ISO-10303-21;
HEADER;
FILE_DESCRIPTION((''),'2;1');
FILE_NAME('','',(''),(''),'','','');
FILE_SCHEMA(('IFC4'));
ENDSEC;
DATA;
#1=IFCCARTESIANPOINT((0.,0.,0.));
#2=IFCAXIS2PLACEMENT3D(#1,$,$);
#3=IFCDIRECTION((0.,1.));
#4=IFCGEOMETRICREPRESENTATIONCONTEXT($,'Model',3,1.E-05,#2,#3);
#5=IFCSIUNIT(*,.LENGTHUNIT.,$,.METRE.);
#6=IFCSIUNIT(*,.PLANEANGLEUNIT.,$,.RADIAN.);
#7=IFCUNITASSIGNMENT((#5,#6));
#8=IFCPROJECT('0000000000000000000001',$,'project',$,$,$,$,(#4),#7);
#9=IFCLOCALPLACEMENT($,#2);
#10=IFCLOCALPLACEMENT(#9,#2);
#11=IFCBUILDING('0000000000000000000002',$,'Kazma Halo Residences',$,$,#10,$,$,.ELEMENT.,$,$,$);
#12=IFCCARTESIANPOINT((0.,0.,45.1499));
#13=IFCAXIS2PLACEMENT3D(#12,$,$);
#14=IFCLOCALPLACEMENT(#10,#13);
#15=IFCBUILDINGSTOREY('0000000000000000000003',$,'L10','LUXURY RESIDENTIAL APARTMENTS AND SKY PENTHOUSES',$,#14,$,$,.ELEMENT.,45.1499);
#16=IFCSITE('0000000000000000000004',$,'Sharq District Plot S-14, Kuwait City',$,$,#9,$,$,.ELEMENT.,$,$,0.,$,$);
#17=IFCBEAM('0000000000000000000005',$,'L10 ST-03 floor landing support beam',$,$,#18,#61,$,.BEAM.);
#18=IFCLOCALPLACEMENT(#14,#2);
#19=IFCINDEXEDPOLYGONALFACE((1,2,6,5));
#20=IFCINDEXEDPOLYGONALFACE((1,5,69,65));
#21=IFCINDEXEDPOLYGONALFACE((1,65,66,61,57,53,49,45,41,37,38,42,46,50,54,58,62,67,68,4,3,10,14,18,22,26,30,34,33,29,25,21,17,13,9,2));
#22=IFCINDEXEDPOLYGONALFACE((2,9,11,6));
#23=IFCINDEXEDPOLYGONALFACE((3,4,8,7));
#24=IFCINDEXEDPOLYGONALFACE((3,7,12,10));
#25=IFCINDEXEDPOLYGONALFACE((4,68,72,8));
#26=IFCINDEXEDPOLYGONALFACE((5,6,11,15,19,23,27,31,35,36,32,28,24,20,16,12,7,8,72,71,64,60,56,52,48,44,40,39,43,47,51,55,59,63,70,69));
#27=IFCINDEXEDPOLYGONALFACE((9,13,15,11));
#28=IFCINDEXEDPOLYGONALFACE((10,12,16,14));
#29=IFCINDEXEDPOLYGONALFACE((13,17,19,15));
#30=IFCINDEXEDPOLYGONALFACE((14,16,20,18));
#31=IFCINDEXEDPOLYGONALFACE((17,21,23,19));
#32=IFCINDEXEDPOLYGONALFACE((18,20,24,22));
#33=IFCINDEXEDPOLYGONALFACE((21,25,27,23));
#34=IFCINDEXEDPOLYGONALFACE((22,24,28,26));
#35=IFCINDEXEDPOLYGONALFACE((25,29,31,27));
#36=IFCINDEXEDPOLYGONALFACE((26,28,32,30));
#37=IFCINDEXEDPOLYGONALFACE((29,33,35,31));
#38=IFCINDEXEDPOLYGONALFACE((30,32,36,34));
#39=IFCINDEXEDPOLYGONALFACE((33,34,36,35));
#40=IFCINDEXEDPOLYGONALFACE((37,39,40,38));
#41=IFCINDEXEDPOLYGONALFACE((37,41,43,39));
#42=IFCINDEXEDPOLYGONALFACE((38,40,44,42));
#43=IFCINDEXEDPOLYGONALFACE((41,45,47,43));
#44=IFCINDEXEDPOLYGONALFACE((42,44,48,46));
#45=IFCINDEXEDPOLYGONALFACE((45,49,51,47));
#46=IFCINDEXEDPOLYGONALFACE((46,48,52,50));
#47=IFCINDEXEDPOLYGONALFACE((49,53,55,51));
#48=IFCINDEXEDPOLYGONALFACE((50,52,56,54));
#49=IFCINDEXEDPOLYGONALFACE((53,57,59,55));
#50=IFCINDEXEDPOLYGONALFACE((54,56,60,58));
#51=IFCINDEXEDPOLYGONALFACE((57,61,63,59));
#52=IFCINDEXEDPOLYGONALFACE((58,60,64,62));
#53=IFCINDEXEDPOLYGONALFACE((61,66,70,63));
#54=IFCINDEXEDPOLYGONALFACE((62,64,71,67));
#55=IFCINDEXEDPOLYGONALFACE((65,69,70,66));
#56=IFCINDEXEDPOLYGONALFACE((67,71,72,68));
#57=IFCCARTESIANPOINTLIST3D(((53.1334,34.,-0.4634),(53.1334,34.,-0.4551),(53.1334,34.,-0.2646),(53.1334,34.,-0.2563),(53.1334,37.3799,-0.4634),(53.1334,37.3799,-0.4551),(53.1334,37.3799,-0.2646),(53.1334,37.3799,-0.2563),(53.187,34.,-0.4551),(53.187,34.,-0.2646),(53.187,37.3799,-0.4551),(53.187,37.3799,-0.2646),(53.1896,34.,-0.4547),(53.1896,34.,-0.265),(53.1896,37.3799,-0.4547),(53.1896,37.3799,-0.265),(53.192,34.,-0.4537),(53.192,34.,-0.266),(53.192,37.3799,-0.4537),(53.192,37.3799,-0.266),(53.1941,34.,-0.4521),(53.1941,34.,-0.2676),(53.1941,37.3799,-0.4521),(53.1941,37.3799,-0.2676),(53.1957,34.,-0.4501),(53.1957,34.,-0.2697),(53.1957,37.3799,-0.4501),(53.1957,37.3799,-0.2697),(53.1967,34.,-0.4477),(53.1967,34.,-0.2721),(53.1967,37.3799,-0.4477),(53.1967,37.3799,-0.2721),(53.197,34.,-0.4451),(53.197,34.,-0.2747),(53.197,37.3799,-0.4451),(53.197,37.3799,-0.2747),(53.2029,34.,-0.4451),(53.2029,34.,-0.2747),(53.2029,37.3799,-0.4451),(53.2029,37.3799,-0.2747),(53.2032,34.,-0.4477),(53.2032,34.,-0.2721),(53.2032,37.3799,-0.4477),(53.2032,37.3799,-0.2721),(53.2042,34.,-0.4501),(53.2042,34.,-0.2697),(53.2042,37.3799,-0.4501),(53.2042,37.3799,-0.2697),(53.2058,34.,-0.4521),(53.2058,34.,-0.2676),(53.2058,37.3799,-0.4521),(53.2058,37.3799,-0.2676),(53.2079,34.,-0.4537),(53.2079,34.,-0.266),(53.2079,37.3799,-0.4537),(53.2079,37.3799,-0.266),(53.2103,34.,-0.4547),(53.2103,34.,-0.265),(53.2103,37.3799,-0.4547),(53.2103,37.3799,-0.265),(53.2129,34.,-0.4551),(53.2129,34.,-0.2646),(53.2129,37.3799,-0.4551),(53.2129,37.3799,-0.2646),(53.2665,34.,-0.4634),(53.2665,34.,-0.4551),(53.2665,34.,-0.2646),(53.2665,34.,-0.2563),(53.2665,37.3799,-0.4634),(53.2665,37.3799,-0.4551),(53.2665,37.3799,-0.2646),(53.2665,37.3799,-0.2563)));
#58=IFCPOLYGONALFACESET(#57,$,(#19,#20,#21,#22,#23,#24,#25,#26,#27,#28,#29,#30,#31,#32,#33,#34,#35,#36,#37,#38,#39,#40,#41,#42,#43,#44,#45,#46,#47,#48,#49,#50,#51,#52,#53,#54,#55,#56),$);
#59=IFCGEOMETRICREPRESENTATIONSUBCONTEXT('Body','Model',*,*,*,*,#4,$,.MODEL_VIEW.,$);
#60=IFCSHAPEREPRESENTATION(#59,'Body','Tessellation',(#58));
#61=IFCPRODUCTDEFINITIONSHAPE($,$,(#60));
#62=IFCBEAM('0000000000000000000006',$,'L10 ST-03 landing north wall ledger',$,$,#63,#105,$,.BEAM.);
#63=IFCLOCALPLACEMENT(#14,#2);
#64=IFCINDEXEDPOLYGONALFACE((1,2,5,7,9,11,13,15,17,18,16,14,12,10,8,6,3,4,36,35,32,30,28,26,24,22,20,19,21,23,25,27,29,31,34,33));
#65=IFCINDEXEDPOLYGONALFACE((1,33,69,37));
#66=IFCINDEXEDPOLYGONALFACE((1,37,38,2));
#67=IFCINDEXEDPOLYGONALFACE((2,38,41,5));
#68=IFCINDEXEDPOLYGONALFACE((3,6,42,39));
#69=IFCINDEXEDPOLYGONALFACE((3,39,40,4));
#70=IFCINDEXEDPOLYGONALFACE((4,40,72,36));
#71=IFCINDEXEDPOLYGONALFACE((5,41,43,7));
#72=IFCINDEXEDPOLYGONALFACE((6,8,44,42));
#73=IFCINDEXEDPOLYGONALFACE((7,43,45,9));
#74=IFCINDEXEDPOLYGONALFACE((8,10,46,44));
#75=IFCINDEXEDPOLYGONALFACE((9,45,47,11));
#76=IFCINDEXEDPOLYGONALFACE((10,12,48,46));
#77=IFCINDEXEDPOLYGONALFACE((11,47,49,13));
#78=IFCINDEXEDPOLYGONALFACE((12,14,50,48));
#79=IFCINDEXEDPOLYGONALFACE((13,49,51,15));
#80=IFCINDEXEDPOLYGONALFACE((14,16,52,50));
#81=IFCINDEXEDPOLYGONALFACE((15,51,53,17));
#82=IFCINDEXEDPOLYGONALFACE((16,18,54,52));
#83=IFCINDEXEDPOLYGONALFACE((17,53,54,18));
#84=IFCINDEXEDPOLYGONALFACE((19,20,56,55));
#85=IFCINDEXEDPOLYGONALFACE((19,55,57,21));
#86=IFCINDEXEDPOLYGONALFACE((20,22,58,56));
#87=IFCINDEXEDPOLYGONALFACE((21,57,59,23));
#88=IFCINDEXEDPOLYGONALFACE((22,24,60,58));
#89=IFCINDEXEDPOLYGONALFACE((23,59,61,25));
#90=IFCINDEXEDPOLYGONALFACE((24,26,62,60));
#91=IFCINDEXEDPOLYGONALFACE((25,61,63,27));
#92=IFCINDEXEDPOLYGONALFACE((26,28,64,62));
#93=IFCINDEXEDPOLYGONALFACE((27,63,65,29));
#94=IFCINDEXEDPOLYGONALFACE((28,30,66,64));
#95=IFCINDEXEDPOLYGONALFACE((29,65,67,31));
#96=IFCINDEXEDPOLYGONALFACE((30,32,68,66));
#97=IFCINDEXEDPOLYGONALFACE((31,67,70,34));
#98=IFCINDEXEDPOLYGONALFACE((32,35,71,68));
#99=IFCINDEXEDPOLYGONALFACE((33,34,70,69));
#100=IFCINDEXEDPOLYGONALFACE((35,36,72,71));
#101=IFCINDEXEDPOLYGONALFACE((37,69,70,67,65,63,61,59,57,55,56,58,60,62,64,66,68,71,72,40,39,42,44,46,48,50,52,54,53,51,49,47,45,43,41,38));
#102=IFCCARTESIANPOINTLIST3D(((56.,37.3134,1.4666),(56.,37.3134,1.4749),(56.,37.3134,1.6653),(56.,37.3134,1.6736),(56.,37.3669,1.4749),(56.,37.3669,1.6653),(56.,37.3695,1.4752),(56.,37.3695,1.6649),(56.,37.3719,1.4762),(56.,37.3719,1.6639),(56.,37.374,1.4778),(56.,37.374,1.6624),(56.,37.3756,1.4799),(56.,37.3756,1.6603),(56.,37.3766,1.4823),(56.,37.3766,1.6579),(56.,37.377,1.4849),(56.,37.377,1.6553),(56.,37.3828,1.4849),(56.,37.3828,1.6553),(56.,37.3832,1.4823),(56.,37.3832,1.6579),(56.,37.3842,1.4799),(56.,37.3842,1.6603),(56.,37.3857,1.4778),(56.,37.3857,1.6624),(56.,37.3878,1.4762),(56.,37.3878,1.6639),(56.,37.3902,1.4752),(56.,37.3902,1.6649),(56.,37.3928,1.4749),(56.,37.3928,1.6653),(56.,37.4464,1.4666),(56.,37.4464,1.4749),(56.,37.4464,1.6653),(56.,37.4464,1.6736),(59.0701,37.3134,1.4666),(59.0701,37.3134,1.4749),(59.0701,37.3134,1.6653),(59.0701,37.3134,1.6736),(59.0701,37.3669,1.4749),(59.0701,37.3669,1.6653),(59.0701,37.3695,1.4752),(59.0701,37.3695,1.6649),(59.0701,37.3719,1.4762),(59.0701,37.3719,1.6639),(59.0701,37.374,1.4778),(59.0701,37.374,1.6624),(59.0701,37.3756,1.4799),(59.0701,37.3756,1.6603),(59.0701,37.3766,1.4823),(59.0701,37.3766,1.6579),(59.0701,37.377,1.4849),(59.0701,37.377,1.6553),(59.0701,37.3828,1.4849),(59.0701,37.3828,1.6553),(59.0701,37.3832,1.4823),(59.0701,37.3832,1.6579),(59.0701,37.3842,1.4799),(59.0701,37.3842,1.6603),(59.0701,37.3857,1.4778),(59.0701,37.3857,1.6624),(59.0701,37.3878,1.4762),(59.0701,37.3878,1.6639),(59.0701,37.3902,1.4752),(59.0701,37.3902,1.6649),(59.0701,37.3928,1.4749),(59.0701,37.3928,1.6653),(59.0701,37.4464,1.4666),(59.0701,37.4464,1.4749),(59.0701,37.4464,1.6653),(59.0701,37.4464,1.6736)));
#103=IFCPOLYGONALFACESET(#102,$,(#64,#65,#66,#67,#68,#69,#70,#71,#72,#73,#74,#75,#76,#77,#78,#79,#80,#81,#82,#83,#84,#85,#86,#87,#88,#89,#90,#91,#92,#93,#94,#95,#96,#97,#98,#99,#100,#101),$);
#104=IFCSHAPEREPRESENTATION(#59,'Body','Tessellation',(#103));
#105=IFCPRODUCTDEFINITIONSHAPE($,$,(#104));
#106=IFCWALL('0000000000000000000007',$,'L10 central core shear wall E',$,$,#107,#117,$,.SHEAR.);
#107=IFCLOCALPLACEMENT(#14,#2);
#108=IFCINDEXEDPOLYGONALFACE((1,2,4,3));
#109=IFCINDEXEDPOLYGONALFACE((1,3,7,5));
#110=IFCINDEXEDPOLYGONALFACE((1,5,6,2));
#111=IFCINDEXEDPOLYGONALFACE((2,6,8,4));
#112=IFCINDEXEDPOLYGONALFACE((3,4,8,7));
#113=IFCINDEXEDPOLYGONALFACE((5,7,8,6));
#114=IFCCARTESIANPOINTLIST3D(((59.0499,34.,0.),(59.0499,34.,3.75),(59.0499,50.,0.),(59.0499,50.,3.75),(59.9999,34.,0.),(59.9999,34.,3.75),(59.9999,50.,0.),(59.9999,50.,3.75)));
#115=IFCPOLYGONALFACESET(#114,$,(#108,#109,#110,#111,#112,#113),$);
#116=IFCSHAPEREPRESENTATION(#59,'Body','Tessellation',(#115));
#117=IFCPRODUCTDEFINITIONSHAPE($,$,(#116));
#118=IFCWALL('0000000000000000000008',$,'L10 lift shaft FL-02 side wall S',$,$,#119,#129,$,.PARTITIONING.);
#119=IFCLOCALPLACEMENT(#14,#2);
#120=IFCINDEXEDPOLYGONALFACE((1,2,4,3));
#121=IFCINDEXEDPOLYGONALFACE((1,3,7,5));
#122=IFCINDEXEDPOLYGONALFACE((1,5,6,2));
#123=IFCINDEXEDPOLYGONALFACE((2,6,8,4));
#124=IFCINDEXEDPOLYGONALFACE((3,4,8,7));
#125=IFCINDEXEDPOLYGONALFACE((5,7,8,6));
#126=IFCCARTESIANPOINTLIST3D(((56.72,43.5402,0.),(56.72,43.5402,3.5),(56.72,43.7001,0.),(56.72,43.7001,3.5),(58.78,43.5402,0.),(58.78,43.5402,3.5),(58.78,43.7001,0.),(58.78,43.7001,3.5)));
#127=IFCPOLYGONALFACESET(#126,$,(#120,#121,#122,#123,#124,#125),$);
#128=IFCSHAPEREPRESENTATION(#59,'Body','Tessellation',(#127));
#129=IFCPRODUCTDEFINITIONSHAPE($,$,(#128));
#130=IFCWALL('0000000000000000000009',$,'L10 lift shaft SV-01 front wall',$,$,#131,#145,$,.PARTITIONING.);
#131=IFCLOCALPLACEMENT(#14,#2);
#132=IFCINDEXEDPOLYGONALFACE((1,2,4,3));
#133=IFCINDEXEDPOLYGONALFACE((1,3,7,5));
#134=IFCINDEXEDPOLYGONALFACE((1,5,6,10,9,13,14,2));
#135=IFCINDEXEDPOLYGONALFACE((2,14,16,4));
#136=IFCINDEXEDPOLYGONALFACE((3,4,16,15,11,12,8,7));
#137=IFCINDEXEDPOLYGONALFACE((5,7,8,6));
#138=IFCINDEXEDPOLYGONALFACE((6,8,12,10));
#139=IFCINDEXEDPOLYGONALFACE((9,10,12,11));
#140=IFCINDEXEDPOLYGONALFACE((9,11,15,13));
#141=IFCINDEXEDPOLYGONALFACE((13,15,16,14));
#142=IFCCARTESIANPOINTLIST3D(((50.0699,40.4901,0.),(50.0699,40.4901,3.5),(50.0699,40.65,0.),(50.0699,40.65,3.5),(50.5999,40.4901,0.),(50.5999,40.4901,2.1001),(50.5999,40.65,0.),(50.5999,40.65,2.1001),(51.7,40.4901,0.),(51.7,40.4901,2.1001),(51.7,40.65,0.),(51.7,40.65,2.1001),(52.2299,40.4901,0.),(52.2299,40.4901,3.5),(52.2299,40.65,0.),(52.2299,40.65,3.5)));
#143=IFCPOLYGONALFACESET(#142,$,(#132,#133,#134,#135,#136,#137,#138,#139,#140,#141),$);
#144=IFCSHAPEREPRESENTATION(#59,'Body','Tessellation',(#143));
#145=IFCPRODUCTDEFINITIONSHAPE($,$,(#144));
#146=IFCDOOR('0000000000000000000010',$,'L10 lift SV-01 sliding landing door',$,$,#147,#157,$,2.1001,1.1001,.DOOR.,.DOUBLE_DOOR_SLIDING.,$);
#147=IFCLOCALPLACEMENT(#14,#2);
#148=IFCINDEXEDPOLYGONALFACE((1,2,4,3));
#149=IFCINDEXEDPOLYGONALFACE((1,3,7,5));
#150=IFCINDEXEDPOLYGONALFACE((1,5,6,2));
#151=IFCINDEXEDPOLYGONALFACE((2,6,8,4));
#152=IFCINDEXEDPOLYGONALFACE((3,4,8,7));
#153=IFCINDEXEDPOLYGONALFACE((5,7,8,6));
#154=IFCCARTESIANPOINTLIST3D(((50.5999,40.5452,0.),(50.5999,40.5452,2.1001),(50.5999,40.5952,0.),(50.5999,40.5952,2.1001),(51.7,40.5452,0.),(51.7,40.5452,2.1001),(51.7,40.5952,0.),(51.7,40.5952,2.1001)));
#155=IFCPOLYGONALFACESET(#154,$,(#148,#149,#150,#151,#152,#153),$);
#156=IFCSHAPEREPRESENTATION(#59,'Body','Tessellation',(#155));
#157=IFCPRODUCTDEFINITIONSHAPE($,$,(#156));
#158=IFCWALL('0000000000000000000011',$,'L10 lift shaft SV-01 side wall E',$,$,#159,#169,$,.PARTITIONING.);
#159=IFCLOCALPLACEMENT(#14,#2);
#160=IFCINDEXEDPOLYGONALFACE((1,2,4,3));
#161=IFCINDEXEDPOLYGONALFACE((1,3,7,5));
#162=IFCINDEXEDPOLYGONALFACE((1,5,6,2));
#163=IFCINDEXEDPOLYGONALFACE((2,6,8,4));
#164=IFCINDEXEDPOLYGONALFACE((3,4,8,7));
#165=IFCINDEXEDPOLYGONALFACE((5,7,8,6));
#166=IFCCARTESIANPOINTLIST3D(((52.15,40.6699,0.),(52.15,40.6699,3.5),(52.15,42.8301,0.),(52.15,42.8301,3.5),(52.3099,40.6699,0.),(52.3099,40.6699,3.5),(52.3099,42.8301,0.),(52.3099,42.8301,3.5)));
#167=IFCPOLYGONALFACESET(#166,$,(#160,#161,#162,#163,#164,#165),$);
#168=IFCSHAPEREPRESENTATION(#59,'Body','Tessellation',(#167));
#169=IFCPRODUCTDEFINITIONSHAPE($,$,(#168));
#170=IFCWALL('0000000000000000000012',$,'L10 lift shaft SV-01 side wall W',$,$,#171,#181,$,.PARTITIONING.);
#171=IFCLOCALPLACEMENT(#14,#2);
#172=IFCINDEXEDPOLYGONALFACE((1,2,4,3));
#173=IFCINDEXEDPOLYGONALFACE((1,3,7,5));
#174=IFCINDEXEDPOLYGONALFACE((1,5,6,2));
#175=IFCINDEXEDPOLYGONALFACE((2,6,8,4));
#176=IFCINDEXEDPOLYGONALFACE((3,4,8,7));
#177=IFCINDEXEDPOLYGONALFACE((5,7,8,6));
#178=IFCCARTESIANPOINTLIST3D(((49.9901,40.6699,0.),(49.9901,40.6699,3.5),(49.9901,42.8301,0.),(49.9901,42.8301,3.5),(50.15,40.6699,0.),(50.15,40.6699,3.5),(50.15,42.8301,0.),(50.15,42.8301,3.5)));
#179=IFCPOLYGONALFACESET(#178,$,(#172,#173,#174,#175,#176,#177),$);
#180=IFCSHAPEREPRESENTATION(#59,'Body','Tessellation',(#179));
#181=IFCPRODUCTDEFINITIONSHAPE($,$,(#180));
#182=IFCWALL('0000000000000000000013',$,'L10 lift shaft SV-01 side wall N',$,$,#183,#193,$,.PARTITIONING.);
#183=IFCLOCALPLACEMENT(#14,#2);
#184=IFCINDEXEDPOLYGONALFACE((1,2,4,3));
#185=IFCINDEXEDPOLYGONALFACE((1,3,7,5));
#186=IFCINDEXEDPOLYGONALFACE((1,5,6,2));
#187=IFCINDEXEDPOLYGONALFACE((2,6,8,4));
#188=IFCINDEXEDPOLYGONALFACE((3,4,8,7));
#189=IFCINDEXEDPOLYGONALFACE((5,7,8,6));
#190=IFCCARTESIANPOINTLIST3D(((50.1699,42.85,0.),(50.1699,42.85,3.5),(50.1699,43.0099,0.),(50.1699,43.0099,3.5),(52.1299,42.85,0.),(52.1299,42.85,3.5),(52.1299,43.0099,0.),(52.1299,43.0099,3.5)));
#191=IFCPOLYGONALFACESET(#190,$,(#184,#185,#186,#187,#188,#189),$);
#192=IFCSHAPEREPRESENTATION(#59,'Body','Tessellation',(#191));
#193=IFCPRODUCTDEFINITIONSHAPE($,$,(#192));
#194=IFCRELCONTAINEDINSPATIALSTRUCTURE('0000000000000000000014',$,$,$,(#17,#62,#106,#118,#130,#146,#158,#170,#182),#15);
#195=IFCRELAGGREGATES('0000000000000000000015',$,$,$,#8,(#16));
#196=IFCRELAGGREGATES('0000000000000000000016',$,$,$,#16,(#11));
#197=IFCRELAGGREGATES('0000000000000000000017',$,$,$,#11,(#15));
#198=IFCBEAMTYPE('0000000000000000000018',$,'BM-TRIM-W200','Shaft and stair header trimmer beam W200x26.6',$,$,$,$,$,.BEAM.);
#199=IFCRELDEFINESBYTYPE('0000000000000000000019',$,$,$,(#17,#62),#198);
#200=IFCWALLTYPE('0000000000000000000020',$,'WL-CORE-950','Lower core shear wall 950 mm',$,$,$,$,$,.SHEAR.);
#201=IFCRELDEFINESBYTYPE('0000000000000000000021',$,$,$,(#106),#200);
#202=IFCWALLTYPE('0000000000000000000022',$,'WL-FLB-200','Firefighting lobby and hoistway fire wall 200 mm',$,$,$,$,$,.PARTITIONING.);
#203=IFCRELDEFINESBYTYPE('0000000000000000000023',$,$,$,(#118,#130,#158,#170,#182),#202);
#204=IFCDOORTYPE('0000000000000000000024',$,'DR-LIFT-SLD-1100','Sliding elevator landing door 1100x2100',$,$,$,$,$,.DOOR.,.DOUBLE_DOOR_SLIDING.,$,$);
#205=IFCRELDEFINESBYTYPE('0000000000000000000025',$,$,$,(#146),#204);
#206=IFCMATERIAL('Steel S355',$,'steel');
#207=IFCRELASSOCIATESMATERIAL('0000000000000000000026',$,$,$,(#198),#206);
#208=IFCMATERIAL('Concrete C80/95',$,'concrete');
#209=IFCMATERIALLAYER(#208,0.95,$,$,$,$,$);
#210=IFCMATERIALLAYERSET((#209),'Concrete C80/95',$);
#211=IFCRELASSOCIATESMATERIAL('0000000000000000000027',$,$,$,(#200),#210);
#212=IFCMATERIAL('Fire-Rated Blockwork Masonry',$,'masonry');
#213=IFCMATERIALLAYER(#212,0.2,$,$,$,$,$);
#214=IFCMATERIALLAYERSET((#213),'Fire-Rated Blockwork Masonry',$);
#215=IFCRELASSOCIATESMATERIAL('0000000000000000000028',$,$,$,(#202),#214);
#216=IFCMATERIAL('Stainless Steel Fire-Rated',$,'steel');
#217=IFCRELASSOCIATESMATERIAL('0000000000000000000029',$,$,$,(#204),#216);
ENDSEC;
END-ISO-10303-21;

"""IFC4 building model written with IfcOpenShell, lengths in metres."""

from ifc_helpers import new_model, si_unit, direction, frame, frame_2d, origin, origin_2d, place, context, subcontext, project, spatial, rectangle, i_section, extrude, material, layer, layer_set, material_profile, profile_set, type_object, element, fill, save


model = new_model("IFC4")

# Units and contexts
model_context = context("Model", 3, precision=1e-05, world=origin(), true_north=direction((0.0, 1.0)))
body_context = subcontext(model_context, "Body", "Model", "MODEL_VIEW")
ifc_project = project(units=[si_unit("LENGTHUNIT", "METRE"), si_unit("PLANEANGLEUNIT", "RADIAN")], contexts=[model_context])

# Site, building, storey
site_placement = place(None, origin())
site = spatial("IfcSite", under=ifc_project, at=site_placement, Name="Sharq District Plot S-14, Kuwait City", CompositionType="ELEMENT", RefElevation=0.0)
building_placement = place(site_placement, origin())
building = spatial("IfcBuilding", under=site, at=building_placement, Name="Kazma Halo Residences", CompositionType="ELEMENT")
storey_placement = place(building_placement, frame((0.0, 0.0, 45.1499)))
storey = spatial("IfcBuildingStorey", under=building, at=storey_placement, Name="L10", Description="LUXURY RESIDENTIAL APARTMENTS AND SKY PENTHOUSES", CompositionType="ELEMENT", Elevation=45.1499)

# Shared definitions
ifc_material_1 = material(Name="Steel S355", Category="steel")

# Beams
ifc_material_profile_1 = material_profile(ifc_material_1, i_section(OverallWidth=0.1331, OverallDepth=0.207, WebThickness=0.0059, FlangeThickness=0.0083, FilletRadius=0.01, at=origin_2d()), Name="W200x26.6")
ifc_profile_set_1 = profile_set([ifc_material_profile_1], Name="Steel S355")
beam_type_1 = type_object("IfcBeamType", Name="BM-TRIM-W200", Description="Shaft and stair header trimmer beam W200x26.6", PredefinedType="BEAM", material=ifc_profile_set_1)
beam_1_placement = place(storey_placement, frame((53.2, 34.0, -0.3599), z_axis=(0.0, 1.0, 0.0), x_axis=(-1.0, 0.0, 0.0)))
element("IfcBeam", 1, at=beam_1_placement, inside=storey, type_object=beam_type_1, Name="L10 ST-03 floor landing support beam", PredefinedType="BEAM", context=body_context, shape_type="SweptSolid", body=[
    extrude(i_section(OverallWidth=0.1331, OverallDepth=0.207, WebThickness=0.0059, FlangeThickness=0.0083, FilletRadius=0.01, at=origin_2d()), origin(), (0.0, 0.0, 1.0), 3.3799),
])
beam_2_placement = place(storey_placement, frame((56.0, 37.3799, 1.5701), z_axis=(1.0, 0.0, 0.0), x_axis=(0.0, 1.0, 0.0)))
element("IfcBeam", 2, at=beam_2_placement, inside=storey, type_object=beam_type_1, Name="L10 ST-03 landing north wall ledger", PredefinedType="BEAM", context=body_context, shape_type="SweptSolid", body=[
    extrude(i_section(OverallWidth=0.1331, OverallDepth=0.207, WebThickness=0.0059, FlangeThickness=0.0083, FilletRadius=0.01, at=origin_2d()), origin(), (0.0, 0.0, 1.0), 3.0701),
])

# Walls
ifc_material_2 = material(Name="Concrete C80/95", Category="concrete")
ifc_layer_1 = layer(ifc_material_2, 0.95)
ifc_layer_set_1 = layer_set([ifc_layer_1], Name="Concrete C80/95")
wall_type_1 = type_object("IfcWallType", Name="WL-CORE-950", Description="Lower core shear wall 950 mm", PredefinedType="SHEAR", material=ifc_layer_set_1)
wall_1_placement = place(storey_placement, frame((59.5249, 34.0, 0.0), z_axis=(0.0, 0.0, 1.0), x_axis=(0.0, 1.0, 0.0)))
element("IfcWall", 3, at=wall_1_placement, inside=storey, type_object=wall_type_1, Name="L10 central core shear wall E", PredefinedType="SHEAR", context=body_context, shape_type="SweptSolid", body=[
    extrude(rectangle(XDim=16.0, YDim=0.95, at=frame_2d((8.0, 0.0))), origin(), (0.0, 0.0, 1.0), 3.75),
])
ifc_material_3 = material(Name="Fire-Rated Blockwork Masonry", Category="masonry")
ifc_layer_2 = layer(ifc_material_3, 0.2)
ifc_layer_set_2 = layer_set([ifc_layer_2], Name="Fire-Rated Blockwork Masonry")
wall_type_2 = type_object("IfcWallType", Name="WL-FLB-200", Description="Firefighting lobby and hoistway fire wall 200 mm", PredefinedType="PARTITIONING", material=ifc_layer_set_2)
wall_2_placement = place(storey_placement, frame((56.72, 43.6201, 0.0), z_axis=(0.0, 0.0, 1.0), x_axis=(1.0, 0.0, 0.0)))
element("IfcWall", 4, at=wall_2_placement, inside=storey, type_object=wall_type_2, Name="L10 lift shaft FL-02 side wall S", PredefinedType="PARTITIONING", context=body_context, shape_type="SweptSolid", body=[
    extrude(rectangle(XDim=2.0601, YDim=0.1599, at=frame_2d((1.03, 0.0))), origin(), (0.0, 0.0, 1.0), 3.5),
])

# Wall, opening, door
wall_3_placement = place(storey_placement, frame((52.23, 40.5701, 0.0), z_axis=(0.0, 0.0, 1.0), x_axis=(-1.0, 0.0, 0.0)))
wall_3 = element("IfcWall", 5, at=wall_3_placement, inside=storey, type_object=wall_type_2, Name="L10 lift shaft SV-01 front wall", PredefinedType="PARTITIONING", context=body_context, shape_type="SweptSolid", body=[
    extrude(rectangle(XDim=2.1599, YDim=0.1599, at=frame_2d((1.0801, 0.0))), origin(), (0.0, 0.0, 1.0), 3.5),
])
opening_1_placement = place(wall_3_placement, frame((0.53, 0.0, 0.0)))
opening_1 = element("IfcOpeningElement", 6, at=opening_1_placement, cuts=wall_3, PredefinedType="OPENING", context=body_context, shape_type="SweptSolid", body=[
    extrude(rectangle(XDim=1.1001, YDim=2.1001, at=frame_2d((0.55, 1.05))), frame((0.0, 0.0898, 0.0), z_axis=(0.0, -1.0, 0.0), x_axis=(1.0, 0.0, 0.0)), (0.0, 0.0, 1.0), 0.1799),
])
ifc_material_4 = material(Name="Stainless Steel Fire-Rated", Category="steel")
door_type_1 = type_object("IfcDoorType", Name="DR-LIFT-SLD-1100", Description="Sliding elevator landing door 1100x2100", OperationType="DOUBLE_DOOR_SLIDING", PredefinedType="DOOR", material=ifc_material_4)
door_1_placement = place(opening_1_placement, origin())
door_1 = element("IfcDoor", 7, at=door_1_placement, inside=storey, type_object=door_type_1, Name="L10 lift SV-01 sliding landing door", OperationType="DOUBLE_DOOR_SLIDING", OverallHeight=2.1001, OverallWidth=1.1001, PredefinedType="DOOR", context=body_context, shape_type="SweptSolid", body=[
    extrude(rectangle(XDim=1.1001, YDim=2.1001, at=frame_2d((0.55, 1.05))), frame((0.0, 0.0249, 0.0), z_axis=(0.0, -1.0, 0.0), x_axis=(1.0, 0.0, 0.0)), (0.0, 0.0, 1.0), 0.05),
])
fill(opening_1, door_1)

# Walls
for number, where, z_axis, x_axis, name in (
    (8, (52.23, 40.6699, 0.0), (0.0, 0.0, 1.0), (0.0, 1.0, 0.0), "L10 lift shaft SV-01 side wall E"),
    (9, (50.0701, 40.6699, 0.0), (0.0, 0.0, 1.0), (0.0, 1.0, 0.0), "L10 lift shaft SV-01 side wall W"),
):
    element("IfcWall", number, at=place(storey_placement, frame(where, z_axis=z_axis, x_axis=x_axis)), inside=storey, type_object=wall_type_2, Name=name, PredefinedType="PARTITIONING", context=body_context, shape_type="SweptSolid", body=[
        extrude(rectangle(XDim=2.1602, YDim=0.1599, at=frame_2d((1.0801, 0.0))), origin(), (0.0, 0.0, 1.0), 3.5),
    ])
wall_4_placement = place(storey_placement, frame((50.1699, 42.9299, 0.0), z_axis=(0.0, 0.0, 1.0), x_axis=(1.0, 0.0, 0.0)))
element("IfcWall", 10, at=wall_4_placement, inside=storey, type_object=wall_type_2, Name="L10 lift shaft SV-01 side wall N", PredefinedType="PARTITIONING", context=body_context, shape_type="SweptSolid", body=[
    extrude(rectangle(XDim=1.96, YDim=0.1599, at=frame_2d((0.98, 0.0))), origin(), (0.0, 0.0, 1.0), 3.5),
])

save(model, "model.ifc")
